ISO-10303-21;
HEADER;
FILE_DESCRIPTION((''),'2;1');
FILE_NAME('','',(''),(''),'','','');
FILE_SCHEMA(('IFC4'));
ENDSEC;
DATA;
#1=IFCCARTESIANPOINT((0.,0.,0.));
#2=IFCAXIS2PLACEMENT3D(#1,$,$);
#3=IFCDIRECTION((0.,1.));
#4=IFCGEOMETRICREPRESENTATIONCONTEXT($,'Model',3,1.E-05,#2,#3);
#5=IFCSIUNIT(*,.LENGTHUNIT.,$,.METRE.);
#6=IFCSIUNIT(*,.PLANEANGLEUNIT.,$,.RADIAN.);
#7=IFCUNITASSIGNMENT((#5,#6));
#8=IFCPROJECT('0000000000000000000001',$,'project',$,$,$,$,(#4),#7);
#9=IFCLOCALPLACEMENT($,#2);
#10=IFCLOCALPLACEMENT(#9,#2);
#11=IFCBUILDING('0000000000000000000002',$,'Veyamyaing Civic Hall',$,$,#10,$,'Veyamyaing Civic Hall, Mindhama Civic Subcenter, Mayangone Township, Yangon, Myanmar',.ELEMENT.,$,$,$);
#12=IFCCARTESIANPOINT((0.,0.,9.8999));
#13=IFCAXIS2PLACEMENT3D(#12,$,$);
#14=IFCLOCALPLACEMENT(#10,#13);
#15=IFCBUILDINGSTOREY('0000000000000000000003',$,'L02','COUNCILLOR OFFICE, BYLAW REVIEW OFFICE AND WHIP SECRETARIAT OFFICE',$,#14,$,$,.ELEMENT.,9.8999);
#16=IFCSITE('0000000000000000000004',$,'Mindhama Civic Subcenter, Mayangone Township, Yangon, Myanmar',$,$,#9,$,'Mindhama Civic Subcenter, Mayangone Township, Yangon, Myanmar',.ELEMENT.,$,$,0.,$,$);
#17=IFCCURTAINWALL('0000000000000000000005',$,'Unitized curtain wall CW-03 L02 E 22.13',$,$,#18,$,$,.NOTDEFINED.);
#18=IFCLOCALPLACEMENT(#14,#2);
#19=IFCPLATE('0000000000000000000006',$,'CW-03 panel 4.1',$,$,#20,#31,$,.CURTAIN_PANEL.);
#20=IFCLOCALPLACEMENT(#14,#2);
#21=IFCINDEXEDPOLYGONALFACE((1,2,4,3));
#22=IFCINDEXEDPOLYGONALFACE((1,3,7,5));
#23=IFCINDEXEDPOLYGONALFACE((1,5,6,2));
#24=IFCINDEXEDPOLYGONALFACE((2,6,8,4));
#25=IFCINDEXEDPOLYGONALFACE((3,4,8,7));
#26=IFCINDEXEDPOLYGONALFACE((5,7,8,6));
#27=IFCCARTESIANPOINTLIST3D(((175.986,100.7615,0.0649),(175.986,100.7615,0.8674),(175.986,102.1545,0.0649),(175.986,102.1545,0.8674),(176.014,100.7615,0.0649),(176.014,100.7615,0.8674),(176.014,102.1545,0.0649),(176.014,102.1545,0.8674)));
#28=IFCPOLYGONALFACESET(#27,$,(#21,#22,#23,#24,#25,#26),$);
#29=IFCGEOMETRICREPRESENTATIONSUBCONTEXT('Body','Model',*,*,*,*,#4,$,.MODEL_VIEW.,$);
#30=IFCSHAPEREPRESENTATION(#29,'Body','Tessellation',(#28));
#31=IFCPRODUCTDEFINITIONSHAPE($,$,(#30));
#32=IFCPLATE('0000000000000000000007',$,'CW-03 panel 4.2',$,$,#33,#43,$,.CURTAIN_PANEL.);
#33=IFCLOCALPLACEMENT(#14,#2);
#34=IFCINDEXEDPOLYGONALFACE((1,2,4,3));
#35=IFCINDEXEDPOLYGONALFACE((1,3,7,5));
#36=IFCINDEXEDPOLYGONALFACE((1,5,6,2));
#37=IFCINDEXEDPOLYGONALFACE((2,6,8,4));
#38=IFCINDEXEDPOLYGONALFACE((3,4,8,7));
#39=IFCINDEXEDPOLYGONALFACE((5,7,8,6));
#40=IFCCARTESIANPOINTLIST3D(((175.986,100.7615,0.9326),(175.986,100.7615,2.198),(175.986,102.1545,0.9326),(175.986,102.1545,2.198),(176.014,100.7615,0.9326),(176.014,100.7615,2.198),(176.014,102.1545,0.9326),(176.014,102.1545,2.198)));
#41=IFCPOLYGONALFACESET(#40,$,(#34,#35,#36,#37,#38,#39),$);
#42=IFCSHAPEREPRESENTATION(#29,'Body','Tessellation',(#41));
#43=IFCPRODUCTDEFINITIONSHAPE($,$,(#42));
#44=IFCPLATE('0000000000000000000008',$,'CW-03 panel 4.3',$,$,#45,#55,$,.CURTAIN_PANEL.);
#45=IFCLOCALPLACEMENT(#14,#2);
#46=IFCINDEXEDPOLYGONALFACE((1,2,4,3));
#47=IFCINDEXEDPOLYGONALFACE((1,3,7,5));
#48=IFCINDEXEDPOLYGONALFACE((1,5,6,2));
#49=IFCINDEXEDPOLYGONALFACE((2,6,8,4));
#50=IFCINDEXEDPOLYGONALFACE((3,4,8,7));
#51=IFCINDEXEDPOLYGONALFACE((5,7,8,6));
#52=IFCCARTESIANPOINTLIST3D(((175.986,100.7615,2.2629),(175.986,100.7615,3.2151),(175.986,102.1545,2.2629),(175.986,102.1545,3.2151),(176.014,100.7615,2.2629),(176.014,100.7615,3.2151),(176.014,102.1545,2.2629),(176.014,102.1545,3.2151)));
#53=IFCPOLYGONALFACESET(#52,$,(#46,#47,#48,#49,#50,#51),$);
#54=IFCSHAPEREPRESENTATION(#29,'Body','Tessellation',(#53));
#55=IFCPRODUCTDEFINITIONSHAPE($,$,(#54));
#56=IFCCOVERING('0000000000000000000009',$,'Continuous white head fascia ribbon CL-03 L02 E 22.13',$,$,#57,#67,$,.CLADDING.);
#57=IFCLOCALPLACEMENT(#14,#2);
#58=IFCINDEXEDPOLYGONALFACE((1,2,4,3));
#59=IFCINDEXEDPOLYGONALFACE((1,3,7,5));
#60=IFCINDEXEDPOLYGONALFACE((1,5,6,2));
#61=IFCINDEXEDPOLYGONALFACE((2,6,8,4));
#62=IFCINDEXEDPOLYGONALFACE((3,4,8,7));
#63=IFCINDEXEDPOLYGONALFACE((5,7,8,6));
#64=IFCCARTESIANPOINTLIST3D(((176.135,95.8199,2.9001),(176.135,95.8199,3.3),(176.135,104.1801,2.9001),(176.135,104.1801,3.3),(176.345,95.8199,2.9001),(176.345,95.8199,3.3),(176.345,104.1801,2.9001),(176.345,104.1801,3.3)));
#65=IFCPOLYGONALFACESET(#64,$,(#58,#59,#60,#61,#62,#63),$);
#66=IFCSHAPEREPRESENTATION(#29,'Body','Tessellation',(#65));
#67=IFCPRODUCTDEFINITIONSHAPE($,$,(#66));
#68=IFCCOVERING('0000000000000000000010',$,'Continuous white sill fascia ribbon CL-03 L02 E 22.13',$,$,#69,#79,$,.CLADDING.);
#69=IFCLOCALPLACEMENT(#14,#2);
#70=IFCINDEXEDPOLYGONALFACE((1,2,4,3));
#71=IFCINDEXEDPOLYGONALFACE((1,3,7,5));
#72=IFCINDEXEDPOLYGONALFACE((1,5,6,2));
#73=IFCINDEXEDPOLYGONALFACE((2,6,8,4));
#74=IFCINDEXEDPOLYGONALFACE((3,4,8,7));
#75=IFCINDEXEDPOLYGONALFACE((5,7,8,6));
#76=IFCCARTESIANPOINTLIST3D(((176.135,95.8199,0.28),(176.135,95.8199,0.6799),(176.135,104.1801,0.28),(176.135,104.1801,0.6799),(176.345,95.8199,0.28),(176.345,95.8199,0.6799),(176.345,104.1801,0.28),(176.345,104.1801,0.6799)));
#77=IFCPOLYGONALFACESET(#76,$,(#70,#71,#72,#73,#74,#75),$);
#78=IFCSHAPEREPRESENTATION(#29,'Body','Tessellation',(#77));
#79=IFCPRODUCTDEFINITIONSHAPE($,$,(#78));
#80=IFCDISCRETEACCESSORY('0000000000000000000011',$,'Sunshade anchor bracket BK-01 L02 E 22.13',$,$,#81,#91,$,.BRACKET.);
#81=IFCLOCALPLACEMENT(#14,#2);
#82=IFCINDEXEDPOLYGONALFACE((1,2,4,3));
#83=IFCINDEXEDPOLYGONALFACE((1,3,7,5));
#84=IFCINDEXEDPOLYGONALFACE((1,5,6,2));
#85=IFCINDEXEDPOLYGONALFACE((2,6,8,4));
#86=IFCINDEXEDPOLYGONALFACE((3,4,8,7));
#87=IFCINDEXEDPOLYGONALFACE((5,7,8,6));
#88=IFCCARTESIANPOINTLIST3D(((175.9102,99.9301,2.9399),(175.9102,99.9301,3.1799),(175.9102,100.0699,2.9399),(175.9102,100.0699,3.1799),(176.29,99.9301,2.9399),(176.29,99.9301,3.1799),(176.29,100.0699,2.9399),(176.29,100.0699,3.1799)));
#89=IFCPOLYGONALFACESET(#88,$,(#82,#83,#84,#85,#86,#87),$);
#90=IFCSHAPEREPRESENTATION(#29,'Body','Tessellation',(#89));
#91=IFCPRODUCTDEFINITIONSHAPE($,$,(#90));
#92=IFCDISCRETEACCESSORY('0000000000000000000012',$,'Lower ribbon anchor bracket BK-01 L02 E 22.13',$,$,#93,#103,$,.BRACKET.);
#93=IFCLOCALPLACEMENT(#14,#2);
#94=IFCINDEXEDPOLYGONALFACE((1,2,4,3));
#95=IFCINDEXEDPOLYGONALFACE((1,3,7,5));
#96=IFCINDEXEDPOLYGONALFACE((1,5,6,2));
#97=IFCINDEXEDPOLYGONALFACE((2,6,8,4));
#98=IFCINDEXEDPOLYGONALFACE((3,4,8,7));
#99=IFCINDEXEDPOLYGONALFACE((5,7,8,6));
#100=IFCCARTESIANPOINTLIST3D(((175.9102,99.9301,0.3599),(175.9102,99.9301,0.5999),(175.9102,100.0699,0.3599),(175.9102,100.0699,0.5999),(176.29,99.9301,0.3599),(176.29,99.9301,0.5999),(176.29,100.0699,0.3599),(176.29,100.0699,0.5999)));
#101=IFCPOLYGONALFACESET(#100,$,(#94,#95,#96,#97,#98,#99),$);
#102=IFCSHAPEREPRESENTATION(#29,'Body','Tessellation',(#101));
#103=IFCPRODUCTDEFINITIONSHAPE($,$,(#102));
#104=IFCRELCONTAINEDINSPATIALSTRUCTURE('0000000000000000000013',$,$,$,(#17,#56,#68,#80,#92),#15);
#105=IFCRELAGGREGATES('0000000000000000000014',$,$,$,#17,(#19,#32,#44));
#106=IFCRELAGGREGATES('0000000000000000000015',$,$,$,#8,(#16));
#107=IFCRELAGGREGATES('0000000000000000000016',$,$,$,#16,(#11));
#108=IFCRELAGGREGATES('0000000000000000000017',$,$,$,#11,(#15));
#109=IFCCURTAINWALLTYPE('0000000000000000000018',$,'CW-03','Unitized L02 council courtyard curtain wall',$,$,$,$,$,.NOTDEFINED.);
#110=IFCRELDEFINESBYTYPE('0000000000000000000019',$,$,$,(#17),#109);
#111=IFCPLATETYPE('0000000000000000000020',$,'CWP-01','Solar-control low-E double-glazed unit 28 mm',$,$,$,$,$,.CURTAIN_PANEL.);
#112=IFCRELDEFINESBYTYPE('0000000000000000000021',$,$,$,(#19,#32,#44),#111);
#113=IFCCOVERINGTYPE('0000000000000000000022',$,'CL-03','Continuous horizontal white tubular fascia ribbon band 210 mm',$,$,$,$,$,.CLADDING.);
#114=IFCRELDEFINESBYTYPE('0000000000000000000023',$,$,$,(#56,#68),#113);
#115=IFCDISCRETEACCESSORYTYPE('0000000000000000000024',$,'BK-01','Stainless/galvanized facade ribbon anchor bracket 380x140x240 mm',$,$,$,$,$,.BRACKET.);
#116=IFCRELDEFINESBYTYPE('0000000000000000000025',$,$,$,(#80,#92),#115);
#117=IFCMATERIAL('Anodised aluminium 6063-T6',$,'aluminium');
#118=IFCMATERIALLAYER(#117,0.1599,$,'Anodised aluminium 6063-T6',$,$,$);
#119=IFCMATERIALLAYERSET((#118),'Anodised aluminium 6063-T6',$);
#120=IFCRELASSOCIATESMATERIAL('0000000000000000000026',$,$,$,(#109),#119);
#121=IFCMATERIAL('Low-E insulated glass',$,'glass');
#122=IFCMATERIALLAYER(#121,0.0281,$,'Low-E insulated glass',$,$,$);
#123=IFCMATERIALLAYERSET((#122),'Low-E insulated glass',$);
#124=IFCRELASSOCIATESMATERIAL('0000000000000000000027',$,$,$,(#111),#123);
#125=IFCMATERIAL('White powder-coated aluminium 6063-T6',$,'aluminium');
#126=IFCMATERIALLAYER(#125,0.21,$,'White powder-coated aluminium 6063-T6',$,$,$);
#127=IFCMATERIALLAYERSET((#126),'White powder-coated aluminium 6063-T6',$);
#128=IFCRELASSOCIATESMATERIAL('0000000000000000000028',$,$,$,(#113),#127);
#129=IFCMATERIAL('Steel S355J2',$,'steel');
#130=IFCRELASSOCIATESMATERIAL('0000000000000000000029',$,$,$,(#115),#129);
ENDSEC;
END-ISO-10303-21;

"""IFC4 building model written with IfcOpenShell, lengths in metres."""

from ifc_helpers import new_model, si_unit, direction, frame, origin, origin_2d, place, context, subcontext, project, spatial, rectangle, extrude, material, layer, layer_set, type_object, element, aggregate, save


model = new_model("IFC4")

# Units and contexts
model_context = context("Model", 3, precision=1e-05, world=origin(), true_north=direction((0.0, 1.0)))
body_context = subcontext(model_context, "Body", "Model", "MODEL_VIEW")
ifc_project = project(units=[si_unit("LENGTHUNIT", "METRE"), si_unit("PLANEANGLEUNIT", "RADIAN")], contexts=[model_context])

# Site, building, storey
site_placement = place(None, origin())
site = spatial("IfcSite", under=ifc_project, at=site_placement, Name="Mindhama Civic Subcenter, Mayangone Township, Yangon, Myanmar", LongName="Mindhama Civic Subcenter, Mayangone Township, Yangon, Myanmar", CompositionType="ELEMENT", RefElevation=0.0)
building_placement = place(site_placement, origin())
building = spatial("IfcBuilding", under=site, at=building_placement, Name="Veyamyaing Civic Hall", LongName="Veyamyaing Civic Hall, Mindhama Civic Subcenter, Mayangone Township, Yangon, Myanmar", CompositionType="ELEMENT")
storey_placement = place(building_placement, frame((0.0, 0.0, 9.8999)))
storey = spatial("IfcBuildingStorey", under=building, at=storey_placement, Name="L02", Description="COUNCILLOR OFFICE, BYLAW REVIEW OFFICE AND WHIP SECRETARIAT OFFICE", CompositionType="ELEMENT", Elevation=9.8999)

# Curtain wall, plates
ifc_material_1 = material(Name="Anodised aluminium 6063-T6", Category="aluminium")
ifc_layer_1 = layer(ifc_material_1, 0.1599, Name="Anodised aluminium 6063-T6")
ifc_layer_set_1 = layer_set([ifc_layer_1], Name="Anodised aluminium 6063-T6")
curtain_wall_type = type_object("IfcCurtainWallType", Name="CW-03", Description="Unitized L02 council courtyard curtain wall", PredefinedType="NOTDEFINED", material=ifc_layer_set_1)
curtain_wall_placement = place(storey_placement, origin())
curtain_wall = element("IfcCurtainWall", 1, at=curtain_wall_placement, inside=storey, type_object=curtain_wall_type, Name="Unitized curtain wall CW-03 L02 E 22.13", PredefinedType="NOTDEFINED")
ifc_material_2 = material(Name="Low-E insulated glass", Category="glass")
ifc_layer_2 = layer(ifc_material_2, 0.0281, Name="Low-E insulated glass")
ifc_layer_set_2 = layer_set([ifc_layer_2], Name="Low-E insulated glass")
plate_type = type_object("IfcPlateType", Name="CWP-01", Description="Solar-control low-E double-glazed unit 28 mm", PredefinedType="CURTAIN_PANEL", material=ifc_layer_set_2)
plate_1_placement = place(storey_placement, frame((176.0, 101.458, 0.0649), z_axis=(0.0, 0.0, 1.0), x_axis=(0.0, 1.0, 0.0)))
plate_1 = element("IfcPlate", 2, at=plate_1_placement, type_object=plate_type, Name="CW-03 panel 4.1", PredefinedType="CURTAIN_PANEL", context=body_context, shape_type="SweptSolid", body=[
    extrude(rectangle(XDim=1.3931, YDim=0.0281, at=origin_2d()), origin(), (0.0, 0.0, 1.0), 0.8025),
])
plate_2_placement = place(storey_placement, frame((176.0, 101.458, 0.9326), z_axis=(0.0, 0.0, 1.0), x_axis=(0.0, 1.0, 0.0)))
plate_2 = element("IfcPlate", 3, at=plate_2_placement, type_object=plate_type, Name="CW-03 panel 4.2", PredefinedType="CURTAIN_PANEL", context=body_context, shape_type="SweptSolid", body=[
    extrude(rectangle(XDim=1.3931, YDim=0.0281, at=origin_2d()), origin(), (0.0, 0.0, 1.0), 1.2654),
])
plate_3_placement = place(storey_placement, frame((176.0, 101.458, 2.2629), z_axis=(0.0, 0.0, 1.0), x_axis=(0.0, 1.0, 0.0)))
plate_3 = element("IfcPlate", 4, at=plate_3_placement, type_object=plate_type, Name="CW-03 panel 4.3", PredefinedType="CURTAIN_PANEL", context=body_context, shape_type="SweptSolid", body=[
    extrude(rectangle(XDim=1.3931, YDim=0.0281, at=origin_2d()), origin(), (0.0, 0.0, 1.0), 0.9521),
])
aggregate(curtain_wall, [plate_1, plate_2, plate_3])

# Coverings
ifc_material_3 = material(Name="White powder-coated aluminium 6063-T6", Category="aluminium")
ifc_layer_3 = layer(ifc_material_3, 0.21, Name="White powder-coated aluminium 6063-T6")
ifc_layer_set_3 = layer_set([ifc_layer_3], Name="White powder-coated aluminium 6063-T6")
covering_type = type_object("IfcCoveringType", Name="CL-03", Description="Continuous horizontal white tubular fascia ribbon band 210 mm", PredefinedType="CLADDING", material=ifc_layer_set_3)
for number, where, z_axis, x_axis, name in (
    (5, (176.24, 100.0, 2.9001), (0.0, 0.0, 1.0), (0.0, 1.0, 0.0), "Continuous white head fascia ribbon CL-03 L02 E 22.13"),
    (6, (176.24, 100.0, 0.28), (0.0, 0.0, 1.0), (0.0, 1.0, 0.0), "Continuous white sill fascia ribbon CL-03 L02 E 22.13"),
):
    element("IfcCovering", number, at=place(storey_placement, frame(where, z_axis=z_axis, x_axis=x_axis)), inside=storey, type_object=covering_type, Name=name, PredefinedType="CLADDING", context=body_context, shape_type="SweptSolid", body=[
        extrude(rectangle(XDim=8.3601, YDim=0.21, at=origin_2d()), origin(), (0.0, 0.0, 1.0), 0.3999),
    ])

# Discrete accessories
ifc_material_4 = material(Name="Steel S355J2", Category="steel")
discrete_accessory_type = type_object("IfcDiscreteAccessoryType", Name="BK-01", Description="Stainless/galvanized facade ribbon anchor bracket 380x140x240 mm", PredefinedType="BRACKET", material=ifc_material_4)
for number, where, z_axis, x_axis, name in (
    (7, (176.1001, 100.0, 2.9399), (0.0, 0.0, 1.0), (1.0, 0.0, 0.0), "Sunshade anchor bracket BK-01 L02 E 22.13"),
    (8, (176.1001, 100.0, 0.3599), (0.0, 0.0, 1.0), (1.0, 0.0, 0.0), "Lower ribbon anchor bracket BK-01 L02 E 22.13"),
):
    element("IfcDiscreteAccessory", number, at=place(storey_placement, frame(where, z_axis=z_axis, x_axis=x_axis)), inside=storey, type_object=discrete_accessory_type, Name=name, PredefinedType="BRACKET", context=body_context, shape_type="SweptSolid", body=[
        extrude(rectangle(XDim=0.3799, YDim=0.1399, at=origin_2d()), origin(), (0.0, 0.0, 1.0), 0.24),
    ])

save(model, "model.ifc")
